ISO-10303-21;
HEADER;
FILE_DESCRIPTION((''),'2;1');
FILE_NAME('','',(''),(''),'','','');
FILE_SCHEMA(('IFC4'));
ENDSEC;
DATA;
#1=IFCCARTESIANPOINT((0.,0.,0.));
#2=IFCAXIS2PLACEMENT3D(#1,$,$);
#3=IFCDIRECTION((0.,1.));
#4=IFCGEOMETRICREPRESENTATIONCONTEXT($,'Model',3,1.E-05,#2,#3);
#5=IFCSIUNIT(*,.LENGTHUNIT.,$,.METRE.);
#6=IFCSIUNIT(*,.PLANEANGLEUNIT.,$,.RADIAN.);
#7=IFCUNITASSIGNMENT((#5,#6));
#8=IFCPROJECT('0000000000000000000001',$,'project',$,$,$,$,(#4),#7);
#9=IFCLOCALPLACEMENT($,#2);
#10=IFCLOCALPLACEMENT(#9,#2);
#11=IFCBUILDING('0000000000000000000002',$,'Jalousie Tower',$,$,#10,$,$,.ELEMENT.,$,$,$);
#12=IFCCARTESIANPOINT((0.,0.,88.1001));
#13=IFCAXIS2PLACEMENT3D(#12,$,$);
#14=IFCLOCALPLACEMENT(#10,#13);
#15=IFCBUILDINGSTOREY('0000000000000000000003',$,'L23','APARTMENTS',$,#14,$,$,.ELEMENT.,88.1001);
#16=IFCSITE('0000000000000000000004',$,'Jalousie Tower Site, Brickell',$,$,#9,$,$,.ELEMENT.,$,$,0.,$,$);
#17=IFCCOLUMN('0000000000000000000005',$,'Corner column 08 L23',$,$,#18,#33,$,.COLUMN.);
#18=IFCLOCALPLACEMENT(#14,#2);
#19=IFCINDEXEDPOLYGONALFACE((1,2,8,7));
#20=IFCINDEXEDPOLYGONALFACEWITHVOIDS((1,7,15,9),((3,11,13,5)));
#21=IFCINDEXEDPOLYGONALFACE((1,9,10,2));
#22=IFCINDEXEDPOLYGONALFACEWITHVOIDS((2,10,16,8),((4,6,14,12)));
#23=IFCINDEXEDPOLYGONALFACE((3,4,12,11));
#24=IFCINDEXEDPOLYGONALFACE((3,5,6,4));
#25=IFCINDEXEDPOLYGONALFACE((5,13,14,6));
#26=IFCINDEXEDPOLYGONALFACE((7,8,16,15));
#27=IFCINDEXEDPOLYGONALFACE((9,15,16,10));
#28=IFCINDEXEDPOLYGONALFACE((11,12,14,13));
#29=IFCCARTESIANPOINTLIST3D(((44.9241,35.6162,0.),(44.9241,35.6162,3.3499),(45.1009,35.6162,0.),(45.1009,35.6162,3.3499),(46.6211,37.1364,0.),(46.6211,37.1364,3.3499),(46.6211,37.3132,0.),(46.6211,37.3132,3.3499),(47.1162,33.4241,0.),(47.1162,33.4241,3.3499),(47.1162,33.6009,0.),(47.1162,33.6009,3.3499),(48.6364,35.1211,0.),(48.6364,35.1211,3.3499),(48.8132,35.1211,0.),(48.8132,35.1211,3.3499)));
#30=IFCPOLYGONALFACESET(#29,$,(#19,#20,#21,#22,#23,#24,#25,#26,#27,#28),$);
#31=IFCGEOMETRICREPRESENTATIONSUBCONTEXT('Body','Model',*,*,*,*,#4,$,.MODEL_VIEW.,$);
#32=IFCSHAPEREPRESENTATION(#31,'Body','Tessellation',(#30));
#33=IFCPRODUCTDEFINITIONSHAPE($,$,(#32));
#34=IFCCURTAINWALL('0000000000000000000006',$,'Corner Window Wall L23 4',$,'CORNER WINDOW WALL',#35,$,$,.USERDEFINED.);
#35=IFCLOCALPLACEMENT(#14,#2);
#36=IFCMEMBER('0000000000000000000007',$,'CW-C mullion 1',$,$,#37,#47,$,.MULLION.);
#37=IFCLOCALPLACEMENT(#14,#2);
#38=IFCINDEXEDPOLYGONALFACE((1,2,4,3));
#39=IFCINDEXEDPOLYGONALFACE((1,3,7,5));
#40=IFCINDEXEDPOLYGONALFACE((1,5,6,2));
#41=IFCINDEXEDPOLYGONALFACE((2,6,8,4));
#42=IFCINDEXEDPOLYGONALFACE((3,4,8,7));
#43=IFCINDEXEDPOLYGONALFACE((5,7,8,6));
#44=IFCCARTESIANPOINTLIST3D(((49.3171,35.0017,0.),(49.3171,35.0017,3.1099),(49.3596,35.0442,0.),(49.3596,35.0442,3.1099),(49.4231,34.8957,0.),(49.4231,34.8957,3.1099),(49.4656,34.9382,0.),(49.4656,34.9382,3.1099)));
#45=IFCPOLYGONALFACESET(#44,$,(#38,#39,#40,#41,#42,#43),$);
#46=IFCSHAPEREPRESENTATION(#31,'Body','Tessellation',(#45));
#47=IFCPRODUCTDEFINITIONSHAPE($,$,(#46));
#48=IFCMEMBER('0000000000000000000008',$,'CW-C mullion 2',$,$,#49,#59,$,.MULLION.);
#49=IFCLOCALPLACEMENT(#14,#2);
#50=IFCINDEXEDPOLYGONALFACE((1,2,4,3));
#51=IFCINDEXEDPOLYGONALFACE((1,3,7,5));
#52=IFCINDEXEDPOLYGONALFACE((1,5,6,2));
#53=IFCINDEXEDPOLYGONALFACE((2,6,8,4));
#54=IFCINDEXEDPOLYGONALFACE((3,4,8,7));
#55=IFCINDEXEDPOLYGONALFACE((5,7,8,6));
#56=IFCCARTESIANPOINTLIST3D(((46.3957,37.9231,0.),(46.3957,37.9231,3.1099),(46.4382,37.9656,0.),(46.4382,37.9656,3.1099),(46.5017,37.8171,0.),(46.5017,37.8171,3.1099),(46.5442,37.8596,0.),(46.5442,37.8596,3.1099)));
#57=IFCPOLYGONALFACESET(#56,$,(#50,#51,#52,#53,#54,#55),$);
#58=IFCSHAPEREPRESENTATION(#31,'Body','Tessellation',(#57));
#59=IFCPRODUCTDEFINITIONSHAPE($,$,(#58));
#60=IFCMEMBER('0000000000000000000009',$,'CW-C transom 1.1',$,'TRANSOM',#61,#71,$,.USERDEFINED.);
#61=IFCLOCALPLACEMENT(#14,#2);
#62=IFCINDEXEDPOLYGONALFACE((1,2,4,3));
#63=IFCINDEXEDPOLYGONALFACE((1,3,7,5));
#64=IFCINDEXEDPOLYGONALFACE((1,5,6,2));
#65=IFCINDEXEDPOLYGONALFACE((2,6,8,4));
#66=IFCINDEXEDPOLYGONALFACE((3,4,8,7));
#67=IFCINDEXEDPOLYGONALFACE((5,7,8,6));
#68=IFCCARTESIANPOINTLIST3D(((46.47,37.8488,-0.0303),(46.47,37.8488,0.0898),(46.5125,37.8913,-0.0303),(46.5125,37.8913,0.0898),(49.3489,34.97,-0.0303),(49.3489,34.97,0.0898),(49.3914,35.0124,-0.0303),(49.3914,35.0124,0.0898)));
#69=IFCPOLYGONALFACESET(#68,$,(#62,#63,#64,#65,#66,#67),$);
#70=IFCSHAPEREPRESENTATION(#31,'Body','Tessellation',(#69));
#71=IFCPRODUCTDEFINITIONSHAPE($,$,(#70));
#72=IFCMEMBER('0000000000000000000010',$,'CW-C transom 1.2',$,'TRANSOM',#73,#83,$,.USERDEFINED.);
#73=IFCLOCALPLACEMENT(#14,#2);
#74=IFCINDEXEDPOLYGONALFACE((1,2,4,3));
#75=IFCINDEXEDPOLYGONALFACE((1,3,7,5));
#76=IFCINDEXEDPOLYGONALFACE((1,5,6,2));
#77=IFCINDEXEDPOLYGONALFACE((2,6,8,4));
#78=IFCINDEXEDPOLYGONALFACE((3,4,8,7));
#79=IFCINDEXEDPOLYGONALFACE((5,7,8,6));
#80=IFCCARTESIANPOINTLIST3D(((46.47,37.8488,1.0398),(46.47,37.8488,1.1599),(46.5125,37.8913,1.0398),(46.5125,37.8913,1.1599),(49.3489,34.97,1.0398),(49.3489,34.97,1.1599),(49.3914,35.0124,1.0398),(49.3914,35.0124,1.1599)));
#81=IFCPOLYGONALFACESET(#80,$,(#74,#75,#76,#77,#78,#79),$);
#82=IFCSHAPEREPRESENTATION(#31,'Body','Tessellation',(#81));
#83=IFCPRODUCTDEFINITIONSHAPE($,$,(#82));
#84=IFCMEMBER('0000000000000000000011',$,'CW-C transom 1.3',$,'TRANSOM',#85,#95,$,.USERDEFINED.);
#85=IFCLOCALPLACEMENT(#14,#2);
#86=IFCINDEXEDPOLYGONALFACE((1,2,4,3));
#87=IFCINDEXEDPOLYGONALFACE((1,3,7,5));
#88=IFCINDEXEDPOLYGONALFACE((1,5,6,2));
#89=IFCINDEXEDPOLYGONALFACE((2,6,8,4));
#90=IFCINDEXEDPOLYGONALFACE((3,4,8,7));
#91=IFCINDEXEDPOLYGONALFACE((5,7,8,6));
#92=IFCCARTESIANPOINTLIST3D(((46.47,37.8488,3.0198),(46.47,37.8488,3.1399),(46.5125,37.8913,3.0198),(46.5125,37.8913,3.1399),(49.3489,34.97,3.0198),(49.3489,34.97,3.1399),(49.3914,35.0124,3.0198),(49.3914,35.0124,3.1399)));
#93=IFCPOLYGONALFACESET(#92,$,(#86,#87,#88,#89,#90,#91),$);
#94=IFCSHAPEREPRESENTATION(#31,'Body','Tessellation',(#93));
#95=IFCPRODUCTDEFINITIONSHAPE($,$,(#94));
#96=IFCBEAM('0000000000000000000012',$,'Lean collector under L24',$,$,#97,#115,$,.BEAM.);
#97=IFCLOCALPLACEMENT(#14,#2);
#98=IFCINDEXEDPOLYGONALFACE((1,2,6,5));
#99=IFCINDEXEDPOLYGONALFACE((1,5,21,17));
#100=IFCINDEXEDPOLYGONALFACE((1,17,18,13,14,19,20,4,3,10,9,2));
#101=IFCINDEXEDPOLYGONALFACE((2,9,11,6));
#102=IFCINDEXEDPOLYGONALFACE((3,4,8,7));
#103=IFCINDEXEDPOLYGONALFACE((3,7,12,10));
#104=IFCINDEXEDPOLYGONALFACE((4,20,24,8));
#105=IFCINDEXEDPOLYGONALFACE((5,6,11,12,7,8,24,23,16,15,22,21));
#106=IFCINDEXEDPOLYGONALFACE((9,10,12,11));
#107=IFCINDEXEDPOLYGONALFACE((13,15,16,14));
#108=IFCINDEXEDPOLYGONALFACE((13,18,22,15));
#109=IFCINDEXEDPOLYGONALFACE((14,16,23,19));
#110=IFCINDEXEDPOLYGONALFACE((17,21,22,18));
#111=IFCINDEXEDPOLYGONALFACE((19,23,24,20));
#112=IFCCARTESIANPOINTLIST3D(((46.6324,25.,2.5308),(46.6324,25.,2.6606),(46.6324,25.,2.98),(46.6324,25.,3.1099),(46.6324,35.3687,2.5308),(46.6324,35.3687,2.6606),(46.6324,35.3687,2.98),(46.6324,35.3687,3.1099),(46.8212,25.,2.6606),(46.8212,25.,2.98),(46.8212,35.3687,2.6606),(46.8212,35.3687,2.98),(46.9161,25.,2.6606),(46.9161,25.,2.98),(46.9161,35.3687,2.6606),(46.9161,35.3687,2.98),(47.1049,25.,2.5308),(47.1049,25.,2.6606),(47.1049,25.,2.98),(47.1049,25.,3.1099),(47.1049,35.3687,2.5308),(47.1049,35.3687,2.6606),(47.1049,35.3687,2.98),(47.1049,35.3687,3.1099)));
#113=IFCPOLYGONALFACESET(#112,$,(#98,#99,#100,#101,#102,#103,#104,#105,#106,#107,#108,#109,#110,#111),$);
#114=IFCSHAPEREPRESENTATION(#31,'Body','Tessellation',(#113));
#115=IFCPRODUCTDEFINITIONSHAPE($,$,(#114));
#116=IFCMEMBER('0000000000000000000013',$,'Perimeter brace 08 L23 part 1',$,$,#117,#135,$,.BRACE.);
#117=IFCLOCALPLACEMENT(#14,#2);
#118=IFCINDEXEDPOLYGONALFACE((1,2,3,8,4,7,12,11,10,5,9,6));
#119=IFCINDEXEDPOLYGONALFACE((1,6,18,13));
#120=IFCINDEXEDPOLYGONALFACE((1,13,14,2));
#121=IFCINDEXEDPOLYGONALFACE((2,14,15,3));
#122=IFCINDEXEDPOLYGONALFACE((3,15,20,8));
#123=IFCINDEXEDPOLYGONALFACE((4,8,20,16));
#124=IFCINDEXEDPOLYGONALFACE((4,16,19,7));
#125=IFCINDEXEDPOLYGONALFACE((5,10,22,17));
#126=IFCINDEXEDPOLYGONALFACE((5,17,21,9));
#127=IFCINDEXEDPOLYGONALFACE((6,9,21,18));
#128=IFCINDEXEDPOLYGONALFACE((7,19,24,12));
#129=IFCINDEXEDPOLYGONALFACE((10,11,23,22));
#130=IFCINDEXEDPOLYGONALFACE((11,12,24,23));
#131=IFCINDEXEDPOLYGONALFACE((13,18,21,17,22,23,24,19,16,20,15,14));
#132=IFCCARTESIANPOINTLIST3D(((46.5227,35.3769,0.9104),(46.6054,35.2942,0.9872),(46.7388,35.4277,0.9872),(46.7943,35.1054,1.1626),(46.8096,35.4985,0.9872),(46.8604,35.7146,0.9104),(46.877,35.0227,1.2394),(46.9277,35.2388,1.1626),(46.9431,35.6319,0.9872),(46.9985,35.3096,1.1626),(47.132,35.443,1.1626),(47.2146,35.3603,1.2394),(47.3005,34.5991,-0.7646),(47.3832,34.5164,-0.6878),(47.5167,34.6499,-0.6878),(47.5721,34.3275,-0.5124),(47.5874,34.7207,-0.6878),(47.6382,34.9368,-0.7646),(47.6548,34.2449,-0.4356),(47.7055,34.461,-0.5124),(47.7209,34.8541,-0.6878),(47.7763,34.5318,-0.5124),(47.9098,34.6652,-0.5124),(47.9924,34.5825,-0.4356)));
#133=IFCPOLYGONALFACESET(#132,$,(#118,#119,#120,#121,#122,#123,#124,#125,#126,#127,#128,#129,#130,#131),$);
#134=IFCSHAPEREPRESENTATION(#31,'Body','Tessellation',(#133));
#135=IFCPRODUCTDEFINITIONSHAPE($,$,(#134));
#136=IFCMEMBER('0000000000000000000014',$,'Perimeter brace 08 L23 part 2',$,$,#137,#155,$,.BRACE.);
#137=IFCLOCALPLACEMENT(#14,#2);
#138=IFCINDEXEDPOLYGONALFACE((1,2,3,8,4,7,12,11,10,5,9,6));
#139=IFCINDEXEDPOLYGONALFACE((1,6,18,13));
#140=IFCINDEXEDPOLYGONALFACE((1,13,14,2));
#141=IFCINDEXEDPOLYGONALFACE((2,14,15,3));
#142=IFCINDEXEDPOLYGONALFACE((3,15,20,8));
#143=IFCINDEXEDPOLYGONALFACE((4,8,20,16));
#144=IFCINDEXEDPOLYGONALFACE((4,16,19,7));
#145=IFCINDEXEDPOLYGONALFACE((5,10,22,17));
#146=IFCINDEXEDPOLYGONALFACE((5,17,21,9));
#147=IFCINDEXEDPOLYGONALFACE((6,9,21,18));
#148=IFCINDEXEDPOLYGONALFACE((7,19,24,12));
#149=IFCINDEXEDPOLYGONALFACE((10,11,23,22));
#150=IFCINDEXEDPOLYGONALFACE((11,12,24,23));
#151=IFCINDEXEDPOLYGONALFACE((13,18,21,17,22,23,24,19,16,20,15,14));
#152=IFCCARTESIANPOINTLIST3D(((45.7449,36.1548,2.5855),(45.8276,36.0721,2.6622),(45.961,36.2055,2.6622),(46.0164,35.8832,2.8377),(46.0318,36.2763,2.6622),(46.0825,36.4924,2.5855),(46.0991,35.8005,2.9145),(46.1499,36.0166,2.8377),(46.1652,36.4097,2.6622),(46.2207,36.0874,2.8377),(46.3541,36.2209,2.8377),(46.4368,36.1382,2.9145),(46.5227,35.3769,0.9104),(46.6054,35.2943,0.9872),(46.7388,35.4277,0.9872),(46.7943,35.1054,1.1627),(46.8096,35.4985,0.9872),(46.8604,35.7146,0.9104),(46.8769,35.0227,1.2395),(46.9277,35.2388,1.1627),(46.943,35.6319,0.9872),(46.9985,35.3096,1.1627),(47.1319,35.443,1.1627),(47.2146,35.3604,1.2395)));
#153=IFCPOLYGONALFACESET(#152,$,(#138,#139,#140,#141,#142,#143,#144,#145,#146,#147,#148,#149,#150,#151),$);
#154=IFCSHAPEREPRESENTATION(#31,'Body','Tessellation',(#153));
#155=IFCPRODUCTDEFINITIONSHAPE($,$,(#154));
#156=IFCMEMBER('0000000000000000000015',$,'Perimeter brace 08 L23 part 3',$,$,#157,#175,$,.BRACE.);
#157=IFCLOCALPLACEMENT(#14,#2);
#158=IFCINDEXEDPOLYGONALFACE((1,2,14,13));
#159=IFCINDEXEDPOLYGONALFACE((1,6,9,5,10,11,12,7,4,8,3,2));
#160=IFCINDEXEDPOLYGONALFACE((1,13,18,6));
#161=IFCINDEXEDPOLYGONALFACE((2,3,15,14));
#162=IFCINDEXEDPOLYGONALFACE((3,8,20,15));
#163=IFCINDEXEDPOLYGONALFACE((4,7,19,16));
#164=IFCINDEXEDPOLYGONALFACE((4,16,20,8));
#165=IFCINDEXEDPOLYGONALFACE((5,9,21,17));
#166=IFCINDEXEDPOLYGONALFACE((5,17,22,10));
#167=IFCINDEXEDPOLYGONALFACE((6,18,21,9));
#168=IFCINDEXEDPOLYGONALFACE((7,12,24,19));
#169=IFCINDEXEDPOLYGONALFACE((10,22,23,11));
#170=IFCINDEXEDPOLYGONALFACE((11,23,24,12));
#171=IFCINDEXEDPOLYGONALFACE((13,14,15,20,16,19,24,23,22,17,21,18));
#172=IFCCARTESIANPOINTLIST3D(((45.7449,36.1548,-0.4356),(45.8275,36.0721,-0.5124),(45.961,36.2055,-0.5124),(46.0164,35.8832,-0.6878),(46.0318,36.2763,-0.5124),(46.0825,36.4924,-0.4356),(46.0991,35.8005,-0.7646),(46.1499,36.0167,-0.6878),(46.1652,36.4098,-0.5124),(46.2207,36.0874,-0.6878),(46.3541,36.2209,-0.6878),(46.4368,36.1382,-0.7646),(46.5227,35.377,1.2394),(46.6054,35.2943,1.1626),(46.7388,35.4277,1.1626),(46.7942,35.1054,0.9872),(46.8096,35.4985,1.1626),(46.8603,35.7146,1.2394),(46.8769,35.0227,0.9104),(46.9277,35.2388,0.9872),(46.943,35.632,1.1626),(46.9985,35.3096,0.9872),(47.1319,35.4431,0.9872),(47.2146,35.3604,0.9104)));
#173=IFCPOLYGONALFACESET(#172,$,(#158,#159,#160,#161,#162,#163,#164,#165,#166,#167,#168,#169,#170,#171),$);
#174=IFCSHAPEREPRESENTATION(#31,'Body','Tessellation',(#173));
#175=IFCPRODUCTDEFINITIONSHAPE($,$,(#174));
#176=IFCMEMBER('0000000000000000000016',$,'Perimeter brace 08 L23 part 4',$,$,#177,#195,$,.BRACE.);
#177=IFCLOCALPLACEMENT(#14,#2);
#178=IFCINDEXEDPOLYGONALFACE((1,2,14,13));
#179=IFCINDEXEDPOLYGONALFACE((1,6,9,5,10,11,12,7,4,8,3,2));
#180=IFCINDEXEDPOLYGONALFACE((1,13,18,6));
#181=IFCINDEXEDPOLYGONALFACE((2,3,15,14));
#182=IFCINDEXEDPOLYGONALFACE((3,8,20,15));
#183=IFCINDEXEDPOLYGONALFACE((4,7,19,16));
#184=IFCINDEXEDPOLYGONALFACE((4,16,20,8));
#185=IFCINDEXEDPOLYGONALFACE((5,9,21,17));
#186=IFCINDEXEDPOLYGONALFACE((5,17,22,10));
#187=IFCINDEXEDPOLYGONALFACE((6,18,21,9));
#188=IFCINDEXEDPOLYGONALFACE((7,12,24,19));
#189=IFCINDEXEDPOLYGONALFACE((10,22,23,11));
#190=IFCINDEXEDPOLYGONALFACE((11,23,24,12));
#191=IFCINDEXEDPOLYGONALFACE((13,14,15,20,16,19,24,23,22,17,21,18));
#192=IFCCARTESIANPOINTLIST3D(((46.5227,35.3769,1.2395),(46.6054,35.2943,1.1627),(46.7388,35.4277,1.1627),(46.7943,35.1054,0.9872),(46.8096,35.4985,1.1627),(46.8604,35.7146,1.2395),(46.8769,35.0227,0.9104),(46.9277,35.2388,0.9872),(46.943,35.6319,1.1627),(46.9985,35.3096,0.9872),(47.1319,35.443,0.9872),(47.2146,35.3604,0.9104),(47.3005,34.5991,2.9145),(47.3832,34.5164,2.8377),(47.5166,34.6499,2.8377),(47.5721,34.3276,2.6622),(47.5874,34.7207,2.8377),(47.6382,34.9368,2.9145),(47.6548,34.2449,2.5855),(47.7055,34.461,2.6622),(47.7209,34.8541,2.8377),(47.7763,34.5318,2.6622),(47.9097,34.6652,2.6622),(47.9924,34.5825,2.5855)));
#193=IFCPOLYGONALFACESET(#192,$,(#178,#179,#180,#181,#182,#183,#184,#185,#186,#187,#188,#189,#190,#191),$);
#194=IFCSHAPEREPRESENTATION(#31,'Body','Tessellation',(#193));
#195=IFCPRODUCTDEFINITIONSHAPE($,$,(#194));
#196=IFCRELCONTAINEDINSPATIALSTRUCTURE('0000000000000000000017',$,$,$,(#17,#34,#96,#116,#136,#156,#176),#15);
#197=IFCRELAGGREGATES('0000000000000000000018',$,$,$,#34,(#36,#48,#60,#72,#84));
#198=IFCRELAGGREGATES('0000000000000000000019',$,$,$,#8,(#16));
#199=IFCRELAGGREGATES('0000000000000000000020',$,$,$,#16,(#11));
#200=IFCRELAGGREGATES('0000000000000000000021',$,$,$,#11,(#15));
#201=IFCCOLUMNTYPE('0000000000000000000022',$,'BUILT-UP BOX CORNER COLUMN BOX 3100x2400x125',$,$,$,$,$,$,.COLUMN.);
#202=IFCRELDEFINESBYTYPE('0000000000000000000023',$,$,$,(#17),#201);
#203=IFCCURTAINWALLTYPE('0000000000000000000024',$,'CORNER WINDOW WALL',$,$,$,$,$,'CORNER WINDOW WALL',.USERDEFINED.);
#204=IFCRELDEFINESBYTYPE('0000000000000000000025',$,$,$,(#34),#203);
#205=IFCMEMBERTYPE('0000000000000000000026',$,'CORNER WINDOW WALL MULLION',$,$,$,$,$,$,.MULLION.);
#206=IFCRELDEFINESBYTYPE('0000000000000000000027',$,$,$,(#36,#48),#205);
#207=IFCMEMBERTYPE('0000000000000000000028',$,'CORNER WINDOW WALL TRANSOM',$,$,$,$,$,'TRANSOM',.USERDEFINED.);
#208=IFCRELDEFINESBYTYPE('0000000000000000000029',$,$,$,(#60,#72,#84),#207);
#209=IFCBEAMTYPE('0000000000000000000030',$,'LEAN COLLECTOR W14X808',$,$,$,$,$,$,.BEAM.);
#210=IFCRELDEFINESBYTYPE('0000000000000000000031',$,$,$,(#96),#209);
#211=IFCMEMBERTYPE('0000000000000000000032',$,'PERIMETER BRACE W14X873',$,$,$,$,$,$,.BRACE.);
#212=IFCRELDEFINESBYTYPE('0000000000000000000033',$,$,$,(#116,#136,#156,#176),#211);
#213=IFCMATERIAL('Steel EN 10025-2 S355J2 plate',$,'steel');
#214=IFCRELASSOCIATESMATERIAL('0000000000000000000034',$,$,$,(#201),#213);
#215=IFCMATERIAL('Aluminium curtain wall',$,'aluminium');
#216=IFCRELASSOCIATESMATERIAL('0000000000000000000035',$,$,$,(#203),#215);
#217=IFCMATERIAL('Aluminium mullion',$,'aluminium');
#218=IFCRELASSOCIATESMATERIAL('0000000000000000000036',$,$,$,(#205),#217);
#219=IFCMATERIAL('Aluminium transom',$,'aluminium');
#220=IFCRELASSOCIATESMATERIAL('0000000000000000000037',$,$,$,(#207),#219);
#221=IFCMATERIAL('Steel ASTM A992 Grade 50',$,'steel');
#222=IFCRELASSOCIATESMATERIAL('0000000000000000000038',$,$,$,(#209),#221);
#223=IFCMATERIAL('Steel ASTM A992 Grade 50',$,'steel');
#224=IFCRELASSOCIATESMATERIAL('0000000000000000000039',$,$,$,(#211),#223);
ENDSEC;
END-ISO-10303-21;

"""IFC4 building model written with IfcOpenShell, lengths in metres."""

from ifc_helpers import new_model, si_unit, direction, frame, origin, origin_2d, place, context, subcontext, project, spatial, rectangle, hollow_rectangle, i_section, extrude, material, material_profile, profile_set, type_object, element, aggregate, save


model = new_model("IFC4")

# Units and contexts
model_context = context("Model", 3, precision=1e-05, world=origin(), true_north=direction((0.0, 1.0)))
body_context = subcontext(model_context, "Body", "Model", "MODEL_VIEW")
ifc_project = project(units=[si_unit("LENGTHUNIT", "METRE"), si_unit("PLANEANGLEUNIT", "RADIAN")], contexts=[model_context])

# Site, building, storey
site_placement = place(None, origin())
site = spatial("IfcSite", under=ifc_project, at=site_placement, Name="Jalousie Tower Site, Brickell", CompositionType="ELEMENT", RefElevation=0.0)
building_placement = place(site_placement, origin())
building = spatial("IfcBuilding", under=site, at=building_placement, Name="Jalousie Tower", CompositionType="ELEMENT")
storey_placement = place(building_placement, frame((0.0, 0.0, 88.1001)))
storey = spatial("IfcBuildingStorey", under=building, at=storey_placement, Name="L23", Description="APARTMENTS", CompositionType="ELEMENT", Elevation=88.1001)

# Column
ifc_material_1 = material(Name="Steel EN 10025-2 S355J2 plate", Category="steel")
ifc_material_profile_1 = material_profile(ifc_material_1, hollow_rectangle(XDim=2.3999, YDim=3.1001, WallThickness=0.125, at=origin_2d()), Name="BOX 3100x2400x125")
ifc_profile_set_1 = profile_set([ifc_material_profile_1], Name="Steel EN 10025-2 S355J2 plate")
column_type = type_object("IfcColumnType", Name="BUILT-UP BOX CORNER COLUMN BOX 3100x2400x125", PredefinedType="COLUMN", material=ifc_profile_set_1)
column_placement = place(storey_placement, frame((46.8687, 35.3687, 0.0), z_axis=(0.0, 0.0, 1.0), x_axis=(-0.707107, -0.707107, 0.0)))
element("IfcColumn", 1, at=column_placement, inside=storey, type_object=column_type, Name="Corner column 08 L23", PredefinedType="COLUMN", context=body_context, shape_type="SweptSolid", body=[
    extrude(hollow_rectangle(XDim=2.3999, YDim=3.1001, WallThickness=0.125, at=origin_2d()), origin(), (0.0, 0.0, 1.0), 3.3499),
])

# Curtain wall, members
ifc_material_2 = material(Name="Aluminium curtain wall", Category="aluminium")
curtain_wall_type_1 = type_object("IfcCurtainWallType", Name="CORNER WINDOW WALL", ElementType="CORNER WINDOW WALL", PredefinedType="USERDEFINED", material=ifc_material_2)
curtain_wall_1_placement = place(storey_placement, origin())
curtain_wall_1 = element("IfcCurtainWall", 2, at=curtain_wall_1_placement, inside=storey, type_object=curtain_wall_type_1, Name="Corner Window Wall L23 4", ObjectType="CORNER WINDOW WALL", PredefinedType="USERDEFINED")
ifc_material_3 = material(Name="Aluminium mullion", Category="aluminium")
ifc_material_profile_2 = material_profile(ifc_material_3, rectangle(XDim=0.0601, YDim=0.1499, at=origin_2d()), Name="MULLION 60x150")
ifc_profile_set_2 = profile_set([ifc_material_profile_2], Name="Aluminium mullion")
member_type_1 = type_object("IfcMemberType", Name="CORNER WINDOW WALL MULLION", PredefinedType="MULLION", material=ifc_profile_set_2)
member_1_placement = place(storey_placement, frame((49.3914, 34.97, 0.0), z_axis=(0.0, 0.0, 1.0), x_axis=(-0.707107, -0.707107, 0.0)))
member_1 = element("IfcMember", 3, at=member_1_placement, type_object=member_type_1, Name="CW-C mullion 1", PredefinedType="MULLION", context=body_context, shape_type="SweptSolid", body=[
    extrude(rectangle(XDim=0.0601, YDim=0.1499, at=origin_2d()), origin(), (0.0, 0.0, 1.0), 3.1099),
])
member_2_placement = place(storey_placement, frame((46.47, 37.8914, 0.0), z_axis=(0.0, 0.0, 1.0), x_axis=(-0.707107, -0.707107, 0.0)))
member_2 = element("IfcMember", 4, at=member_2_placement, type_object=member_type_1, Name="CW-C mullion 2", PredefinedType="MULLION", context=body_context, shape_type="SweptSolid", body=[
    extrude(rectangle(XDim=0.0601, YDim=0.1499, at=origin_2d()), origin(), (0.0, 0.0, 1.0), 3.1099),
])
ifc_material_4 = material(Name="Aluminium transom", Category="aluminium")
ifc_material_profile_3 = material_profile(ifc_material_4, rectangle(XDim=0.0601, YDim=0.1201, at=origin_2d()), Name="TRANSOM 60x120")
ifc_profile_set_3 = profile_set([ifc_material_profile_3], Name="Aluminium transom")
member_type_2 = type_object("IfcMemberType", Name="CORNER WINDOW WALL TRANSOM", ElementType="TRANSOM", PredefinedType="USERDEFINED", material=ifc_profile_set_3)
member_3_placement = place(storey_placement, frame((49.3701, 34.9912, 0.0298), z_axis=(-0.707107, 0.707107, 0.0), x_axis=(-0.707107, -0.707107, 0.0)))
member_3 = element("IfcMember", 5, at=member_3_placement, type_object=member_type_2, Name="CW-C transom 1.1", ObjectType="TRANSOM", PredefinedType="USERDEFINED", context=body_context, shape_type="SweptSolid", body=[
    extrude(rectangle(XDim=0.0601, YDim=0.1201, at=origin_2d()), origin(), (0.0, 0.0, 1.0), 4.0713),
])
member_4_placement = place(storey_placement, frame((49.3701, 34.9912, 1.0999), z_axis=(-0.707107, 0.707107, 0.0), x_axis=(-0.707107, -0.707107, 0.0)))
member_4 = element("IfcMember", 6, at=member_4_placement, type_object=member_type_2, Name="CW-C transom 1.2", ObjectType="TRANSOM", PredefinedType="USERDEFINED", context=body_context, shape_type="SweptSolid", body=[
    extrude(rectangle(XDim=0.0601, YDim=0.1201, at=origin_2d()), origin(), (0.0, 0.0, 1.0), 4.0713),
])
member_5_placement = place(storey_placement, frame((49.3701, 34.9912, 3.0798), z_axis=(-0.707107, 0.707107, 0.0), x_axis=(-0.707107, -0.707107, 0.0)))
member_5 = element("IfcMember", 7, at=member_5_placement, type_object=member_type_2, Name="CW-C transom 1.3", ObjectType="TRANSOM", PredefinedType="USERDEFINED", context=body_context, shape_type="SweptSolid", body=[
    extrude(rectangle(XDim=0.0601, YDim=0.1201, at=origin_2d()), origin(), (0.0, 0.0, 1.0), 4.0713),
])

# Beam
ifc_material_5 = material(Name="Steel ASTM A992 Grade 50", Category="steel")
ifc_material_profile_4 = material_profile(ifc_material_5, i_section(OverallWidth=0.4724, OverallDepth=0.5791, WebThickness=0.095, FlangeThickness=0.1299, at=origin_2d()), Name="W14X808")
ifc_profile_set_4 = profile_set([ifc_material_profile_4], Name="Steel ASTM A992 Grade 50")
beam_type_1 = type_object("IfcBeamType", Name="LEAN COLLECTOR W14X808", PredefinedType="BEAM", material=ifc_profile_set_4)
beam_1_placement = place(storey_placement, frame((46.8687, 35.3687, 2.8203), z_axis=(0.0, -1.0, 0.0), x_axis=(1.0, 0.0, 0.0)))
element("IfcBeam", 8, at=beam_1_placement, inside=storey, type_object=beam_type_1, Name="Lean collector under L24", PredefinedType="BEAM", context=body_context, shape_type="SweptSolid", body=[
    extrude(i_section(OverallWidth=0.4724, OverallDepth=0.5791, WebThickness=0.095, FlangeThickness=0.1299, at=origin_2d()), origin(), (0.0, 0.0, 1.0), 10.3687),
])

# Members
ifc_material_6 = material(Name="Steel ASTM A992 Grade 50", Category="steel")
ifc_material_profile_5 = material_profile(ifc_material_6, i_section(OverallWidth=0.4775, OverallDepth=0.5994, WebThickness=0.1001, FlangeThickness=0.1399, at=origin_2d()), Name="W14X873")
ifc_profile_set_5 = profile_set([ifc_material_profile_5], Name="Steel ASTM A992 Grade 50")
member_type_3 = type_object("IfcMemberType", Name="PERIMETER BRACE W14X873", PredefinedType="BRACE", material=ifc_profile_set_5)
for number, where, z_axis, x_axis, name in (
    (9, (47.6465, 34.5908, -0.6001), (-0.388149, 0.388149, 0.835872), (-0.707107, -0.707107, 0.0), "Perimeter brace 08 L23 part 1"),
    (10, (46.8687, 35.3687, 1.075), (-0.388149, 0.388149, 0.835872), (-0.707107, -0.707107, 0.0), "Perimeter brace 08 L23 part 2"),
    (11, (46.0908, 36.1465, -0.6001), (0.388149, -0.388149, 0.835872), (0.707107, 0.707107, 0.0), "Perimeter brace 08 L23 part 3"),
    (12, (46.8687, 35.3687, 1.075), (0.388149, -0.388149, 0.835872), (0.707107, 0.707107, 0.0), "Perimeter brace 08 L23 part 4"),
):
    element("IfcMember", number, at=place(storey_placement, frame(where, z_axis=z_axis, x_axis=x_axis)), inside=storey, type_object=member_type_3, Name=name, PredefinedType="BRACE", context=body_context, shape_type="SweptSolid", body=[
        extrude(i_section(OverallWidth=0.4775, OverallDepth=0.5994, WebThickness=0.1001, FlangeThickness=0.1399, at=origin_2d()), origin(), (0.0, 0.0, 1.0), 2.0039),
    ])

aggregate(curtain_wall_1, [member_1, member_2, member_3, member_4, member_5])

save(model, "model.ifc")
